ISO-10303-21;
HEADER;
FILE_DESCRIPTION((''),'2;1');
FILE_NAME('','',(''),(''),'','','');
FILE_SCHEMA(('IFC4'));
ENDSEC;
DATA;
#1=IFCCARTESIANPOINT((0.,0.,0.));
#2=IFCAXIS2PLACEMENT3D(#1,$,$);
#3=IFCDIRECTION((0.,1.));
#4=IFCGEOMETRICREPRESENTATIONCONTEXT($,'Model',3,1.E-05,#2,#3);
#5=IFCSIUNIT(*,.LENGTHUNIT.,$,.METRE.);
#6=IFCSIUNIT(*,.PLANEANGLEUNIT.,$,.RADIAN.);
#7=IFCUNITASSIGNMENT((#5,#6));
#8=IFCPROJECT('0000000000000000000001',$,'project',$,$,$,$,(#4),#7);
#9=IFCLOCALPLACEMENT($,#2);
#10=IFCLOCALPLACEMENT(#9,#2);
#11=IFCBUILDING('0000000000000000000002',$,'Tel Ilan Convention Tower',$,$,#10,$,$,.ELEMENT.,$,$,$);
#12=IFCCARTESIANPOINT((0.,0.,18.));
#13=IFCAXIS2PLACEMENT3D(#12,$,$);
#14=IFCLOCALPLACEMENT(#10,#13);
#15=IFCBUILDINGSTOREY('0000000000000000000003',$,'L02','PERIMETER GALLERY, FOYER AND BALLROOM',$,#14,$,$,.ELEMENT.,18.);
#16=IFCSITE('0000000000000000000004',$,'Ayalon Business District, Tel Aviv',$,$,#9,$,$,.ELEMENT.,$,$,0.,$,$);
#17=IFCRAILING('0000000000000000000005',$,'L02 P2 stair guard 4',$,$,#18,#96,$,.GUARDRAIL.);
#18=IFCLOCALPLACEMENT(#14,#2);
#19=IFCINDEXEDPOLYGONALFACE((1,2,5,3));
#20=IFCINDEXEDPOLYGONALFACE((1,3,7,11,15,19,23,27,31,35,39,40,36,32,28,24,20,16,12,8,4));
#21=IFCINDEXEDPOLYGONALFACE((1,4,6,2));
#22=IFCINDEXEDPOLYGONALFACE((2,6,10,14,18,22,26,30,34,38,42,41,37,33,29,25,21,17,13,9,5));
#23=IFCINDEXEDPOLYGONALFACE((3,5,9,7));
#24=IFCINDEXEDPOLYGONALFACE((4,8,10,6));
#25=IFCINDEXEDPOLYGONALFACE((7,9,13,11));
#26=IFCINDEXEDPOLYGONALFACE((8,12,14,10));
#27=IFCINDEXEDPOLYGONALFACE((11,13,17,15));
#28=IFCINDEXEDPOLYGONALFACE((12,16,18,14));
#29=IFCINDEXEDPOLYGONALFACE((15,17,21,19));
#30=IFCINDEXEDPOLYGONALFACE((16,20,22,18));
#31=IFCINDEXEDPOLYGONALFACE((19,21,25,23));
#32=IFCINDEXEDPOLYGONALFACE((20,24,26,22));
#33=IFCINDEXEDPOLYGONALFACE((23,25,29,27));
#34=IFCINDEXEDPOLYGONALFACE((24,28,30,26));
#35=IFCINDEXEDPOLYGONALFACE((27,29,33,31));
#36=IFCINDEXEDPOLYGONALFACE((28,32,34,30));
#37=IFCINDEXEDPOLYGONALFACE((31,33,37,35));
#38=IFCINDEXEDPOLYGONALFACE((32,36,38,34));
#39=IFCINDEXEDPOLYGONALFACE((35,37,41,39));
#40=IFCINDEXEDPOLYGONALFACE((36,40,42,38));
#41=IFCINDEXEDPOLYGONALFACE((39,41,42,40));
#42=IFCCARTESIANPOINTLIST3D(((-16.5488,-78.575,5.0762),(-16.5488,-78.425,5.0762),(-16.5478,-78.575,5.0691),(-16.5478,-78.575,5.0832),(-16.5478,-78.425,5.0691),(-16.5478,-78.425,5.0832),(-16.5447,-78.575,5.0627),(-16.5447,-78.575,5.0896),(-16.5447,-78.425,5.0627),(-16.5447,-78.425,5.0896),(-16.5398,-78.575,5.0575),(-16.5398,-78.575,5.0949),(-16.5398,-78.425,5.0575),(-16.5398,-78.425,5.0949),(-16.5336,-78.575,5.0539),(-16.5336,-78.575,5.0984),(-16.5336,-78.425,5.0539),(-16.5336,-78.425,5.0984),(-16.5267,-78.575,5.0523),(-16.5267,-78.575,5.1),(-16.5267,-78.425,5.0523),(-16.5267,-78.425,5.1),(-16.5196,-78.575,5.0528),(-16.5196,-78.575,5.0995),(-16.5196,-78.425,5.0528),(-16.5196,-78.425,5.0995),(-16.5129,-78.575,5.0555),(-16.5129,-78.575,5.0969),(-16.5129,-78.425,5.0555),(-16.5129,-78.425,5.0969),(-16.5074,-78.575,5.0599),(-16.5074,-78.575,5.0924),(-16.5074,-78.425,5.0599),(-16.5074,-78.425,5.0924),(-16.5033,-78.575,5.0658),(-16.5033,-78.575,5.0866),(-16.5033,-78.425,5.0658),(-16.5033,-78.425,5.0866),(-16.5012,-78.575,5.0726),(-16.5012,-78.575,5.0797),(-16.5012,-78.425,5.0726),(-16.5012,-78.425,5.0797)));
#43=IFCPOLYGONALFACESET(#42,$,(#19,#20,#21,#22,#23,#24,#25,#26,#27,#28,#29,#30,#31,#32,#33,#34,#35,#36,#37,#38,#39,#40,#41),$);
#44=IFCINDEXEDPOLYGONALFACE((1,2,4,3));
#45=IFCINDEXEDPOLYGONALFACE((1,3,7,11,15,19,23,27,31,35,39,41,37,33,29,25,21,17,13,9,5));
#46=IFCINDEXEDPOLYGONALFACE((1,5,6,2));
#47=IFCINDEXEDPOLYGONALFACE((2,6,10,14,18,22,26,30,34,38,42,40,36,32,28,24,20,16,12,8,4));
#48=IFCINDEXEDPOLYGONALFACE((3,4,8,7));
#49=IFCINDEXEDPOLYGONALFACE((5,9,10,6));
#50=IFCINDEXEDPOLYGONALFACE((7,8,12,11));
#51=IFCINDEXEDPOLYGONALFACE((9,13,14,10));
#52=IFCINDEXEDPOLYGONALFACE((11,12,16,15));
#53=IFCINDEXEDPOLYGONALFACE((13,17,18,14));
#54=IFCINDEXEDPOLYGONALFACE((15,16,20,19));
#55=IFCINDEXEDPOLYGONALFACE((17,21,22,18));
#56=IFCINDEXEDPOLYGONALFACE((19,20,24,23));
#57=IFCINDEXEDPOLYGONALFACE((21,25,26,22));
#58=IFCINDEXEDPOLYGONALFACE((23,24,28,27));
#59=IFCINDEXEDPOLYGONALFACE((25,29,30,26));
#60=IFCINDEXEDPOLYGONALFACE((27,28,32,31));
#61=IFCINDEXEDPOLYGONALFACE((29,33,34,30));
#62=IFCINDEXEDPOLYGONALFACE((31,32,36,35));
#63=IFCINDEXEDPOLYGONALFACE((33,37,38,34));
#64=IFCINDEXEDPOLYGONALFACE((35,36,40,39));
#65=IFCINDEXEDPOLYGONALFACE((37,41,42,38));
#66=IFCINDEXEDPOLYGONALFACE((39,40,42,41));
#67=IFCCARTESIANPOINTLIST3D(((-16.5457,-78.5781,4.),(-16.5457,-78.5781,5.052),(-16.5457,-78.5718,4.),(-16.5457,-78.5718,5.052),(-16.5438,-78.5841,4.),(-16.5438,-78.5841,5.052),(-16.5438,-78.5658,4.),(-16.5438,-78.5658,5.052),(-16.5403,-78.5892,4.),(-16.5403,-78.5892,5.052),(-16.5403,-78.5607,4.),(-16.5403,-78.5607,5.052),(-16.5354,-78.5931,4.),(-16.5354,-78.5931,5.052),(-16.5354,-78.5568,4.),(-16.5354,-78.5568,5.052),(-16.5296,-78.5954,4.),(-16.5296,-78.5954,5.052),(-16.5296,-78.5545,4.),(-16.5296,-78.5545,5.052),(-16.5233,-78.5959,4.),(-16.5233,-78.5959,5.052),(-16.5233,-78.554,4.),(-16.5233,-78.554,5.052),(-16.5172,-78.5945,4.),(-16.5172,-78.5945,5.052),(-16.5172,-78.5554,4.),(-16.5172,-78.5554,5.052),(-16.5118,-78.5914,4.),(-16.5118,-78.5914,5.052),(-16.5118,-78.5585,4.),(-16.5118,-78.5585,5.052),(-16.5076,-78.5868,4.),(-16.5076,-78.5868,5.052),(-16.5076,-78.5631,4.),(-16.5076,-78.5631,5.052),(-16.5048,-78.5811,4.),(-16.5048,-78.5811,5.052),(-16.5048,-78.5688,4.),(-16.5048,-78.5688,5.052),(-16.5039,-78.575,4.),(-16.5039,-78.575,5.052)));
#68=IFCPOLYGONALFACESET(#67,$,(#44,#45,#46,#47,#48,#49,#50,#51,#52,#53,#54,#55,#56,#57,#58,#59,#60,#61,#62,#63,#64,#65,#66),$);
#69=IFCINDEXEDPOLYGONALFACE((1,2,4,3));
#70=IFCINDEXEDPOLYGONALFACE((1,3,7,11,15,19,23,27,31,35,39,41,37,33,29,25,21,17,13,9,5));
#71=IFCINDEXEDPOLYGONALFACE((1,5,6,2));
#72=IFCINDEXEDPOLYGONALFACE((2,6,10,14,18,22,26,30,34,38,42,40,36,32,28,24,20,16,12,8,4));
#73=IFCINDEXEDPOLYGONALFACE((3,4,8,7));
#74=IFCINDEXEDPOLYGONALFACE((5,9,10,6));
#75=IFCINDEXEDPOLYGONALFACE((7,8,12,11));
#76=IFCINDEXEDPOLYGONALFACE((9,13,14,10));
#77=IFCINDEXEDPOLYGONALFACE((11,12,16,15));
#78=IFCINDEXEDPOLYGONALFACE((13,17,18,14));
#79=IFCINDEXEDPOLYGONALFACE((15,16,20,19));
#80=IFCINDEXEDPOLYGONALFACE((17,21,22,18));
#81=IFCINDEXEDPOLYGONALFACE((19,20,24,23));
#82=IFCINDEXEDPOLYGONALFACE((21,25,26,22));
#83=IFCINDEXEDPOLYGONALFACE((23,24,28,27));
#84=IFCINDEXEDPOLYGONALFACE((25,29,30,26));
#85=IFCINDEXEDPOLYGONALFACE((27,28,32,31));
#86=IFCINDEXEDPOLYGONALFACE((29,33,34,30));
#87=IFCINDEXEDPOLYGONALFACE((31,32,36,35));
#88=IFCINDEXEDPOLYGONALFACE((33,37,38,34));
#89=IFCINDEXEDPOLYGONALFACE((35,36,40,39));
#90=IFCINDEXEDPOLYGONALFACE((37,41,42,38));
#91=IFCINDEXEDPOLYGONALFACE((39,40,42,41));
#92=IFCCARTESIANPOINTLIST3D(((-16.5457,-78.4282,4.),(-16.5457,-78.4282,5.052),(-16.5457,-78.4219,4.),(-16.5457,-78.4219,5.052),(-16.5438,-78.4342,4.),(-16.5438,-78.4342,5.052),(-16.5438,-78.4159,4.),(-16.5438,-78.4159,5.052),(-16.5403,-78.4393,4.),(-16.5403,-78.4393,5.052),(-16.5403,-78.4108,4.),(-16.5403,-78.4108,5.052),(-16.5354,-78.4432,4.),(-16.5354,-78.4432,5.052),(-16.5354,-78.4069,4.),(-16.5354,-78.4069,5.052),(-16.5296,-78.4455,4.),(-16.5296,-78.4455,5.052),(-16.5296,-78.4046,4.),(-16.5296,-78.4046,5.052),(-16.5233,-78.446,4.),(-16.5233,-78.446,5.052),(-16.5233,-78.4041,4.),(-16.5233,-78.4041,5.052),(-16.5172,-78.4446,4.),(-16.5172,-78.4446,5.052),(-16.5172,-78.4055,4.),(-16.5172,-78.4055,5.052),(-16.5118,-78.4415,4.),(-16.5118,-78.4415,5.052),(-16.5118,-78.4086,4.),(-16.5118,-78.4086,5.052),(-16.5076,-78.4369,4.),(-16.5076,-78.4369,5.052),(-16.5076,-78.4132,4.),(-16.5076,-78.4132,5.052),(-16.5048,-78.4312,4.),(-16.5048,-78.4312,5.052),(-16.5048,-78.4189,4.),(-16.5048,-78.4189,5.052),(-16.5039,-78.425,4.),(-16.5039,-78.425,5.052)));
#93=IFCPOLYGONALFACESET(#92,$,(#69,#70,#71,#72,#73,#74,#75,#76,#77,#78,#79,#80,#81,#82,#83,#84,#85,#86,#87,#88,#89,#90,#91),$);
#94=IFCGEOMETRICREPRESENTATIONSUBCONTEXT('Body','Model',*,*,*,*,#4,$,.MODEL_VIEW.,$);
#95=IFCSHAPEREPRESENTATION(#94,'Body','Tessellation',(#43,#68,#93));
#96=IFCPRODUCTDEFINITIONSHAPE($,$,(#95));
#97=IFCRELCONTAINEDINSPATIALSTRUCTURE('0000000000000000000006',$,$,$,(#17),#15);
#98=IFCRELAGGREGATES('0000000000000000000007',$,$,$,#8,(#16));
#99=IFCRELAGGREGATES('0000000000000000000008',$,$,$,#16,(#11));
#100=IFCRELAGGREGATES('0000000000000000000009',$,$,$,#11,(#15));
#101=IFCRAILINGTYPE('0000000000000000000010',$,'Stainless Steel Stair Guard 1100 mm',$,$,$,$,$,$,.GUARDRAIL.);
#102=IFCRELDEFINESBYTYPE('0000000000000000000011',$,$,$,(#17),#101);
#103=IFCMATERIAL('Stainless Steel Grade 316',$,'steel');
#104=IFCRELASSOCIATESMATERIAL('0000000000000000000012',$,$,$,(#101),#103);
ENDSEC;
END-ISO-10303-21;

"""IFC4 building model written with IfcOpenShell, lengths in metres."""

from ifc_helpers import new_model, si_unit, direction, frame, origin, origin_2d, place, context, subcontext, project, spatial, circle, extrude, material, type_object, element, save


model = new_model("IFC4")

# Units and contexts
model_context = context("Model", 3, precision=1e-05, world=origin(), true_north=direction((0.0, 1.0)))
body_context = subcontext(model_context, "Body", "Model", "MODEL_VIEW")
ifc_project = project(units=[si_unit("LENGTHUNIT", "METRE"), si_unit("PLANEANGLEUNIT", "RADIAN")], contexts=[model_context])

# Site, building, storey
site_placement = place(None, origin())
site = spatial("IfcSite", under=ifc_project, at=site_placement, Name="Ayalon Business District, Tel Aviv", CompositionType="ELEMENT", RefElevation=0.0)
building_placement = place(site_placement, origin())
building = spatial("IfcBuilding", under=site, at=building_placement, Name="Tel Ilan Convention Tower", CompositionType="ELEMENT")
storey_placement = place(building_placement, frame((0.0, 0.0, 18.0)))
storey = spatial("IfcBuildingStorey", under=building, at=storey_placement, Name="L02", Description="PERIMETER GALLERY, FOYER AND BALLROOM", CompositionType="ELEMENT", Elevation=18.0)

# Railing
ifc_material_1 = material(Name="Stainless Steel Grade 316", Category="steel")
railing_type_1 = type_object("IfcRailingType", Name="Stainless Steel Stair Guard 1100 mm", PredefinedType="GUARDRAIL", material=ifc_material_1)
railing_1_placement = place(storey_placement, frame((-16.5249, -78.575, 4.0)))
element("IfcRailing", 1, at=railing_1_placement, inside=storey, type_object=railing_type_1, Name="L02 P2 stair guard 4", PredefinedType="GUARDRAIL", context=body_context, shape_type="SweptSolid", body=[
    extrude(circle(Radius=0.0239, at=origin_2d()), frame((0.0, 0.0, 1.0762), z_axis=(0.0, 1.0, 0.0), x_axis=(-1.0, 0.0, 0.0)), (0.0, 0.0, 1.0), 0.1499),
    extrude(circle(Radius=0.021, at=origin_2d()), origin(), (0.0, 0.0, 1.0), 1.052),
    extrude(circle(Radius=0.021, at=origin_2d()), frame((0.0, 0.1499, 0.0)), (0.0, 0.0, 1.0), 1.052),
])

save(model, "model.ifc")
